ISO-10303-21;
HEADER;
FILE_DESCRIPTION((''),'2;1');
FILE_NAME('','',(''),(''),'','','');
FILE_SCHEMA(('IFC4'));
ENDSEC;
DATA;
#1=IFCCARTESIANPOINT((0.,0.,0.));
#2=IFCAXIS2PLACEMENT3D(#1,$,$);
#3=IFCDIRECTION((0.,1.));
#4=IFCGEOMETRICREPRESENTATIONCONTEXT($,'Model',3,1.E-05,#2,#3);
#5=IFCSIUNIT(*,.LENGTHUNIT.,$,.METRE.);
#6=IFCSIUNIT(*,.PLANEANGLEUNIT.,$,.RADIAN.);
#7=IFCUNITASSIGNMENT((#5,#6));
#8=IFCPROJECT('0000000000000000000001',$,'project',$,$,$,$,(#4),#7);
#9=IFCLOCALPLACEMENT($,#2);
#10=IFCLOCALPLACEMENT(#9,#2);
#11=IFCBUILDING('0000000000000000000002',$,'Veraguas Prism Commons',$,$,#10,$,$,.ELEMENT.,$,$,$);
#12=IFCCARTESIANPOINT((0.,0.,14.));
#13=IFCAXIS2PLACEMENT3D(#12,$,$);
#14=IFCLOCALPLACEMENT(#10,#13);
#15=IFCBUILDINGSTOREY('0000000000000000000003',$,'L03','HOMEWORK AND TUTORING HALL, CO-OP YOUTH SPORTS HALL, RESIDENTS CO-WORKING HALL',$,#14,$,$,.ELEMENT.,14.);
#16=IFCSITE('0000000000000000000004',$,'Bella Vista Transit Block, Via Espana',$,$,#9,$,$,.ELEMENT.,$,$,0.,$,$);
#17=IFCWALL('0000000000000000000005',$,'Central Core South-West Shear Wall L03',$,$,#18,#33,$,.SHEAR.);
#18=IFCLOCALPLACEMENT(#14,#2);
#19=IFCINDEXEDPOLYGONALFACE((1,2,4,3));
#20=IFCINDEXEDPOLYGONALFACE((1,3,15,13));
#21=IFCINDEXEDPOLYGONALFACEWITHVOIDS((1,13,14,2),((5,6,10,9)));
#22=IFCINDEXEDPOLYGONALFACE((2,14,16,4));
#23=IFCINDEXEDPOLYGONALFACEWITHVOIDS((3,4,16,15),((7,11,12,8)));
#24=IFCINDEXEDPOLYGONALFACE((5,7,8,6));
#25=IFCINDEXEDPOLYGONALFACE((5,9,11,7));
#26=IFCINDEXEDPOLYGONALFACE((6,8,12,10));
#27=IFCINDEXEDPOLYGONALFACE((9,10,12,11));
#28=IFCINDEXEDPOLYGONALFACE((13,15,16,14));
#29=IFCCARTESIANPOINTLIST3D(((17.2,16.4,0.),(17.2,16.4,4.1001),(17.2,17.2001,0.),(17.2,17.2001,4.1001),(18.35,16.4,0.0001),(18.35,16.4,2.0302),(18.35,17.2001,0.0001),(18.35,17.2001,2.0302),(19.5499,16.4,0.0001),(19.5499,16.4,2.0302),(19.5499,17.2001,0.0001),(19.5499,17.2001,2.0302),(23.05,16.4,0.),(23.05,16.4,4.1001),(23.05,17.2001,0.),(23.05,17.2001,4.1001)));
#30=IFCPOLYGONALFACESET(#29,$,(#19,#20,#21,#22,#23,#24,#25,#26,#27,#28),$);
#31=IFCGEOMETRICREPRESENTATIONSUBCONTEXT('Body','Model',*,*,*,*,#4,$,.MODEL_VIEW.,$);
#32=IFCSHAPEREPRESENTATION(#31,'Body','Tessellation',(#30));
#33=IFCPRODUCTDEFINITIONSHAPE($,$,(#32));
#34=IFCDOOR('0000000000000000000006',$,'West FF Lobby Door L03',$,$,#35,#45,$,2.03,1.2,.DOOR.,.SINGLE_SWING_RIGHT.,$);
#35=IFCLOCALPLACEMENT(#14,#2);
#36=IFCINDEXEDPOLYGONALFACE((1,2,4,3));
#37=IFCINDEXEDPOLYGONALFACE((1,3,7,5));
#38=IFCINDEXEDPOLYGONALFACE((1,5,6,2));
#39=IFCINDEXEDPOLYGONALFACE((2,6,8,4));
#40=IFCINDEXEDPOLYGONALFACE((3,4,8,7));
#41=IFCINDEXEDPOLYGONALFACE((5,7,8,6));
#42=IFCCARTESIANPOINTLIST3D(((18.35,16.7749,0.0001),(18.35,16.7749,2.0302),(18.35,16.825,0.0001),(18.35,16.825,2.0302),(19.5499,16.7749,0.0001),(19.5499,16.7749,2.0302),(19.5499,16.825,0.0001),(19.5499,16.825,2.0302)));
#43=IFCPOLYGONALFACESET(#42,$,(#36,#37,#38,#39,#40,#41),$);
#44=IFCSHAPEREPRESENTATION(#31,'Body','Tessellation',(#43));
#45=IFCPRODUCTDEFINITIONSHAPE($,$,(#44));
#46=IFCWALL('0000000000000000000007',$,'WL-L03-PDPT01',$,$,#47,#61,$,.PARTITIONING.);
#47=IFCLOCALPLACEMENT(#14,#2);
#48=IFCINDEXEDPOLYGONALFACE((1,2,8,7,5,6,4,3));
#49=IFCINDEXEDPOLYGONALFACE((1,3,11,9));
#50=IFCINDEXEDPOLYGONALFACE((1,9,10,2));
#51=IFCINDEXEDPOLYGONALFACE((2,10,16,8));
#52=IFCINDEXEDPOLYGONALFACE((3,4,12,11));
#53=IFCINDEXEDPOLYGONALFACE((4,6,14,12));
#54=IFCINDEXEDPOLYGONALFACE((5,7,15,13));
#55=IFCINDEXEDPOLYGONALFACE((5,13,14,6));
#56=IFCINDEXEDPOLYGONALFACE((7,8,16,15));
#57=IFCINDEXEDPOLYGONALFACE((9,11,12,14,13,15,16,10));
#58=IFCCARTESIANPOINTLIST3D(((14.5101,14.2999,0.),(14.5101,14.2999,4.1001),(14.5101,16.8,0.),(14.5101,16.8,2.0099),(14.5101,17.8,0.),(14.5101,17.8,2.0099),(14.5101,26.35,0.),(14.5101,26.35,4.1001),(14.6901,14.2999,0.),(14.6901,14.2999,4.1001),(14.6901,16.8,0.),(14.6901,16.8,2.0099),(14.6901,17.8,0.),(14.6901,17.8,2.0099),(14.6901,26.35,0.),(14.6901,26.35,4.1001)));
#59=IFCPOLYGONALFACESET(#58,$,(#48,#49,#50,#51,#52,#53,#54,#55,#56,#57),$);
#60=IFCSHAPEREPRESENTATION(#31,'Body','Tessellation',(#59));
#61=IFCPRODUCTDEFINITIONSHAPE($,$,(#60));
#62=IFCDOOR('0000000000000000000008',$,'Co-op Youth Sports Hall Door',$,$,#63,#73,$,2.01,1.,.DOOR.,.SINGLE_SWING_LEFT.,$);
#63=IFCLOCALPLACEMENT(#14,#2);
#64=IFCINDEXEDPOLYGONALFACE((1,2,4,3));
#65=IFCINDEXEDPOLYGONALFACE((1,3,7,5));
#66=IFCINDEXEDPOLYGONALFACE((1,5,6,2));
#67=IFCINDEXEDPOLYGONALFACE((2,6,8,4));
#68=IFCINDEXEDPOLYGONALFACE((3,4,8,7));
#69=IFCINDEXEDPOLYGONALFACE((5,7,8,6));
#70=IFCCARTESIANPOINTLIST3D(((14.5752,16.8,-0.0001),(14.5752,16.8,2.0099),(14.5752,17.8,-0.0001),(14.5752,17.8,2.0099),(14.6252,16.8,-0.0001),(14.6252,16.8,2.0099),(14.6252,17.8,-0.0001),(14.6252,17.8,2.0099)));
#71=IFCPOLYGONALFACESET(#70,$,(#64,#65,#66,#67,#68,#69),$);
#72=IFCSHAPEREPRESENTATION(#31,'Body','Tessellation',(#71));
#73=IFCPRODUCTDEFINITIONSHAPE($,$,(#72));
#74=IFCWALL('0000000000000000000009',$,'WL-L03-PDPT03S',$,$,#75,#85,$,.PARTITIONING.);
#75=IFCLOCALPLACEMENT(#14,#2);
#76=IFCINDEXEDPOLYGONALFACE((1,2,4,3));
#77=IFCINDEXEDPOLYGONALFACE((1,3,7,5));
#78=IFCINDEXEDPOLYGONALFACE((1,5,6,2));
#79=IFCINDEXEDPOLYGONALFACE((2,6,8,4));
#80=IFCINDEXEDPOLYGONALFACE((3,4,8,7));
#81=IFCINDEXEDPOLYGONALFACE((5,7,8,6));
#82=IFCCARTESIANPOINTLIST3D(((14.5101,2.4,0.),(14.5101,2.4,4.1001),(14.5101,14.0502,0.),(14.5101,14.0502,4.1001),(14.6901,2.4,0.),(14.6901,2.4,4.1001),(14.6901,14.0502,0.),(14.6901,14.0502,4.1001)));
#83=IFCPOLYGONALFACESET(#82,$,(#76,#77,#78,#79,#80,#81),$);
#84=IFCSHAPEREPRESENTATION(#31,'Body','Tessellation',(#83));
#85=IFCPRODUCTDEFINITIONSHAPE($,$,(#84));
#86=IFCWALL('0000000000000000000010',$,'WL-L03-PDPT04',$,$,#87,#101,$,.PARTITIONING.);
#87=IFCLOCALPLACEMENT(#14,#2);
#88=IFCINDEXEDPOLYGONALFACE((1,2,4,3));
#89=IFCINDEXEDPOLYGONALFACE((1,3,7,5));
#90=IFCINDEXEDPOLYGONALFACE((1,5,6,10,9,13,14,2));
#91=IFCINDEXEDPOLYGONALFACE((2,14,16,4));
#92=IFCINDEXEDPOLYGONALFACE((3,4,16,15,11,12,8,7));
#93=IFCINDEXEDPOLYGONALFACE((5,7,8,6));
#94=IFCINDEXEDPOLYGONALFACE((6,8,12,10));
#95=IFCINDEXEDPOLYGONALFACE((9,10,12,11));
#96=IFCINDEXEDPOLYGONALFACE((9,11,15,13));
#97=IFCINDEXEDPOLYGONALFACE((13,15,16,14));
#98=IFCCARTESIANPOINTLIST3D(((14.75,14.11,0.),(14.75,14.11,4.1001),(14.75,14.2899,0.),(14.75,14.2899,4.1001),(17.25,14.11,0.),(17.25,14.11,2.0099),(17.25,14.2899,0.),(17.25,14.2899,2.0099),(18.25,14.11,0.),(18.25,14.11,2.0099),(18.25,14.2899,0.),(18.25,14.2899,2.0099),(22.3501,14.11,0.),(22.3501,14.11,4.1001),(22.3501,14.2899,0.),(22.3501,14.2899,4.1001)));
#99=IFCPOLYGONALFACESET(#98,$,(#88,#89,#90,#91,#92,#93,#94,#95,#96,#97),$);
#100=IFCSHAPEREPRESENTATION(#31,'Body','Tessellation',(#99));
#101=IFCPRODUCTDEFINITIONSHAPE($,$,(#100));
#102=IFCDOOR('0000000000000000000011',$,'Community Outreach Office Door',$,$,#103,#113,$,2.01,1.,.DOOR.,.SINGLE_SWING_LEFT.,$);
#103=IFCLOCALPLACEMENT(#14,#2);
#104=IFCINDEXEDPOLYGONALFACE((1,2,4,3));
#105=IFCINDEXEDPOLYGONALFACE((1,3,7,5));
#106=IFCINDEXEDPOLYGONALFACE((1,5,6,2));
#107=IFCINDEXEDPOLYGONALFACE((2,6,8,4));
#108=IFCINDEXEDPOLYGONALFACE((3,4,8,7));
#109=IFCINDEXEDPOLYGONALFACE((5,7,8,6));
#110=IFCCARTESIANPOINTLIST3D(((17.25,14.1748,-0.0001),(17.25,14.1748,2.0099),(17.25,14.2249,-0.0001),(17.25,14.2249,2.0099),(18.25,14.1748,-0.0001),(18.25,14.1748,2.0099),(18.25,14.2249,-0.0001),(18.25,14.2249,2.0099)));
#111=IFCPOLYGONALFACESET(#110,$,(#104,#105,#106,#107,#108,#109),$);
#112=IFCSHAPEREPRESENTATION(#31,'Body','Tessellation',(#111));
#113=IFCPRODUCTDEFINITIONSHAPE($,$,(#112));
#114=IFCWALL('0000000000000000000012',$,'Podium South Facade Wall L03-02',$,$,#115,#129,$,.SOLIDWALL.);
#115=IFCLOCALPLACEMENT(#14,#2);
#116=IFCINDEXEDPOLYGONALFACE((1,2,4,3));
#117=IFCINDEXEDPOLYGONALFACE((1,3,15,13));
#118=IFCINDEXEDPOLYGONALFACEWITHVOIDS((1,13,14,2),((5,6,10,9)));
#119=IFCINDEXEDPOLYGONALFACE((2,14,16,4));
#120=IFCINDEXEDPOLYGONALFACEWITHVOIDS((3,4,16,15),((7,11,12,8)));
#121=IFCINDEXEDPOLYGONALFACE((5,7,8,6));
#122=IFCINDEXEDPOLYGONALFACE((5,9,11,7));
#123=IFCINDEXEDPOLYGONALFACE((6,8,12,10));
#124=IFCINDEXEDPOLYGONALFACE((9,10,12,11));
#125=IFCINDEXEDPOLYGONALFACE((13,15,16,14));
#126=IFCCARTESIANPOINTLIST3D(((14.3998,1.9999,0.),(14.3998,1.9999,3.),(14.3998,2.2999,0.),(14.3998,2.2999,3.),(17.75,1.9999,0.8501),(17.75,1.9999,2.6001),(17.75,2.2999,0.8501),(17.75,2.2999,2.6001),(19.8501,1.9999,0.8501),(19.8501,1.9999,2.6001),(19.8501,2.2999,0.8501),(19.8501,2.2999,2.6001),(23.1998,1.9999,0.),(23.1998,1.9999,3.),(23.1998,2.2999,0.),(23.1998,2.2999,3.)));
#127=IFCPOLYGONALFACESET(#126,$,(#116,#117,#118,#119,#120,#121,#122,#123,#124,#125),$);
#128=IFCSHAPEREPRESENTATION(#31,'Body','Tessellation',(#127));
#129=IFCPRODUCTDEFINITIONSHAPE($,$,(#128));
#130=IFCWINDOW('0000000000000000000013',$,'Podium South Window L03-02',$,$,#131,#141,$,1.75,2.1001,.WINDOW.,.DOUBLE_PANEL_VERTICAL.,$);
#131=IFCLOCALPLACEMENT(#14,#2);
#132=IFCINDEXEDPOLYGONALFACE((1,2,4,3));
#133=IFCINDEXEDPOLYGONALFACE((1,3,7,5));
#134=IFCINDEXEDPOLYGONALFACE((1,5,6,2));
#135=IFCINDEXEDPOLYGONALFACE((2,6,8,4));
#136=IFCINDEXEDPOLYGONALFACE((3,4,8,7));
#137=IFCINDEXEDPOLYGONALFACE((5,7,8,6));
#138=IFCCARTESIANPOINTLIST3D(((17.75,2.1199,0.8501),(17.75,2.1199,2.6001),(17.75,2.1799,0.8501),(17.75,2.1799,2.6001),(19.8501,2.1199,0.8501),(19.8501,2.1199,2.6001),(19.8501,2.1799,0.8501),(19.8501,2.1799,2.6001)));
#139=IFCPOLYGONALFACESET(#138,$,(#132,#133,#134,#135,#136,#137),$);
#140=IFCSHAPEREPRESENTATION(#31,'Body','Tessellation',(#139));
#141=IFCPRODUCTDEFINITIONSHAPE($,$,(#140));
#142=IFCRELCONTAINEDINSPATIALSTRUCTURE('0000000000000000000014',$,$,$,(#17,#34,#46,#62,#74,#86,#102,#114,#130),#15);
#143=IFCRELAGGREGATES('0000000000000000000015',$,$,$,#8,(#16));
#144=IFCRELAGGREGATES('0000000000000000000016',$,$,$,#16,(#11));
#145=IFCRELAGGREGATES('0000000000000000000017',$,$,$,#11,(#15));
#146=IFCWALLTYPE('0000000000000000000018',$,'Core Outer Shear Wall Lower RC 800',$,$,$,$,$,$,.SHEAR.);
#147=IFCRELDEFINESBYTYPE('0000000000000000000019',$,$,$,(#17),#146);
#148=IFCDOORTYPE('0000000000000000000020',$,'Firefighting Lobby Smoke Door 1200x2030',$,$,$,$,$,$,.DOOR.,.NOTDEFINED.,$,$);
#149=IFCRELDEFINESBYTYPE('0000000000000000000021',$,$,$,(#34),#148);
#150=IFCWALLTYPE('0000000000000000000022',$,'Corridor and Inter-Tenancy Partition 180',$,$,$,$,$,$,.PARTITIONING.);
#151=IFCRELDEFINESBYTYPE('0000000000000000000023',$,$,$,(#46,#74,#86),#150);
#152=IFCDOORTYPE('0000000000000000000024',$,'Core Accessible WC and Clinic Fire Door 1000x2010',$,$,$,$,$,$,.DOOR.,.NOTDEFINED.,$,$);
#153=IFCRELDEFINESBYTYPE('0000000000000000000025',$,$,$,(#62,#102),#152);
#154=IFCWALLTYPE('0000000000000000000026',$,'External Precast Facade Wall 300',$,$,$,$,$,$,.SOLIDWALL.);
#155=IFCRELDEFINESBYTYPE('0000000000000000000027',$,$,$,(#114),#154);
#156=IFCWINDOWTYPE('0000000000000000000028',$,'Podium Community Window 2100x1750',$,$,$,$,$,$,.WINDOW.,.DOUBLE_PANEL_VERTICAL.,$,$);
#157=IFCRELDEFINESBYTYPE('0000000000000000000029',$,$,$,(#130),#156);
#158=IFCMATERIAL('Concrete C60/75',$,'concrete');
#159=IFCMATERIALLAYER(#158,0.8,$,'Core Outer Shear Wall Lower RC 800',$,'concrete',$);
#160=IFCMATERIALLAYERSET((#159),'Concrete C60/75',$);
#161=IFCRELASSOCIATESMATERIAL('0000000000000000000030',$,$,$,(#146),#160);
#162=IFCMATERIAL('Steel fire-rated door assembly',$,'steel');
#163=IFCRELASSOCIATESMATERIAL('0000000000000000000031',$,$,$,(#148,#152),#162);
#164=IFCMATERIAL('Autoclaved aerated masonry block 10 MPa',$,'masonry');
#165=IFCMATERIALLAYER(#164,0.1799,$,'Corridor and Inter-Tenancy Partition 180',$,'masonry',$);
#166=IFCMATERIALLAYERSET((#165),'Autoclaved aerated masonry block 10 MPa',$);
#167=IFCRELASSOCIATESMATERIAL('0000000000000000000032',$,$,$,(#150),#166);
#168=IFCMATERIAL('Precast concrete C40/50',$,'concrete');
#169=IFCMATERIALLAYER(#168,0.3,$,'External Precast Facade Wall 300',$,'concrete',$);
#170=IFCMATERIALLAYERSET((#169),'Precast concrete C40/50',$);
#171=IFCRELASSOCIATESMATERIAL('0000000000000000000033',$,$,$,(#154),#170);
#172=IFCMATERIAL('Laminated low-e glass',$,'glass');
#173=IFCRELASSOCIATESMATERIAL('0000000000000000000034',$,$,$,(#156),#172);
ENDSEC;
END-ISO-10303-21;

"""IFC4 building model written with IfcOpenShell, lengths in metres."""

from ifc_helpers import new_model, si_unit, direction, frame, frame_2d, origin, place, context, subcontext, project, spatial, rectangle, extrude, source, transform, mapped, material, layer, layer_set, type_object, element, fill, save


model = new_model("IFC4")

# Units and contexts
model_context = context("Model", 3, precision=1e-05, world=origin(), true_north=direction((0.0, 1.0)))
body_context = subcontext(model_context, "Body", "Model", "MODEL_VIEW")
ifc_project = project(units=[si_unit("LENGTHUNIT", "METRE"), si_unit("PLANEANGLEUNIT", "RADIAN")], contexts=[model_context])

# Site, building, storey
site_placement = place(None, origin())
site = spatial("IfcSite", under=ifc_project, at=site_placement, Name="Bella Vista Transit Block, Via Espana", CompositionType="ELEMENT", RefElevation=0.0)
building_placement = place(site_placement, origin())
building = spatial("IfcBuilding", under=site, at=building_placement, Name="Veraguas Prism Commons", CompositionType="ELEMENT")
storey_placement = place(building_placement, frame((0.0, 0.0, 14.0)))
storey = spatial("IfcBuildingStorey", under=building, at=storey_placement, Name="L03", Description="HOMEWORK AND TUTORING HALL, CO-OP YOUTH SPORTS HALL, RESIDENTS CO-WORKING HALL", CompositionType="ELEMENT", Elevation=14.0)

# Shared definitions
ifc_material_1 = material(Name="Concrete C60/75", Category="concrete")

# Shared definitions
ifc_material_2 = material(Name="Steel fire-rated door assembly", Category="steel")

# Shared definitions
ifc_layer_1 = layer(ifc_material_1, 0.8, Name="Core Outer Shear Wall Lower RC 800", Category="concrete")
ifc_layer_set_1 = layer_set([ifc_layer_1], Name="Concrete C60/75")
wall_type_1 = type_object("IfcWallType", Name="Core Outer Shear Wall Lower RC 800", PredefinedType="SHEAR", material=ifc_layer_set_1)

# Walls, openings, doors
wall_1_placement = place(storey_placement, frame((17.2, 16.8, 0.0), z_axis=(0.0, 0.0, 1.0), x_axis=(1.0, 0.0, 0.0)))
wall_1 = element("IfcWall", 1, at=wall_1_placement, inside=storey, type_object=wall_type_1, Name="Central Core South-West Shear Wall L03", PredefinedType="SHEAR", context=body_context, shape_type="SweptSolid", body=[
    extrude(rectangle(XDim=5.8501, YDim=0.8, at=frame_2d((2.925, 0.0))), origin(), (0.0, 0.0, 1.0), 4.1001),
])
opening_1_placement = place(wall_1_placement, frame((1.1499, 0.0, 0.0)))
opening_1 = element("IfcOpeningElement", 2, at=opening_1_placement, cuts=wall_1, PredefinedType="OPENING", context=body_context, shape_type="SweptSolid", body=[
    extrude(rectangle(XDim=1.2, YDim=2.03, at=frame_2d((0.6001, 1.0151))), frame((0.0, 0.4099, 0.0), z_axis=(0.0, -1.0, 0.0), x_axis=(1.0, 0.0, 0.0)), (0.0, 0.0, 1.0), 0.8201),
])
door_type_1 = type_object("IfcDoorType", Name="Firefighting Lobby Smoke Door 1200x2030", OperationType="NOTDEFINED", PredefinedType="DOOR", material=ifc_material_2)
shared_shape_1 = source(origin(), body_context, "Body", "SweptSolid", [
    extrude(rectangle(XDim=1.2, YDim=2.03, at=frame_2d((0.6001, 1.0151))), frame((0.0, 0.0249, 0.0), z_axis=(0.0, -1.0, 0.0), x_axis=(1.0, 0.0, 0.0)), (0.0, 0.0, 1.0), 0.05),
])
door_1_placement = place(opening_1_placement, origin())
door_1 = element("IfcDoor", 3, at=door_1_placement, inside=storey, type_object=door_type_1, Name="West FF Lobby Door L03", OperationType="SINGLE_SWING_RIGHT", OverallHeight=2.03, OverallWidth=1.2, PredefinedType="DOOR", context=body_context, shape_type="MappedRepresentation", body=[
    mapped(shared_shape_1, transform((0.0, 0.0, 0.0), scale=1.0)),
])
fill(opening_1, door_1)
ifc_material_3 = material(Name="Autoclaved aerated masonry block 10 MPa", Category="masonry")
ifc_layer_2 = layer(ifc_material_3, 0.1799, Name="Corridor and Inter-Tenancy Partition 180", Category="masonry")
ifc_layer_set_2 = layer_set([ifc_layer_2], Name="Autoclaved aerated masonry block 10 MPa")
wall_type_2 = type_object("IfcWallType", Name="Corridor and Inter-Tenancy Partition 180", PredefinedType="PARTITIONING", material=ifc_layer_set_2)
wall_2_placement = place(storey_placement, frame((14.6001, 14.3, 0.0), z_axis=(0.0, 0.0, 1.0), x_axis=(0.0, 1.0, 0.0)))
wall_2 = element("IfcWall", 4, at=wall_2_placement, inside=storey, type_object=wall_type_2, Name="WL-L03-PDPT01", PredefinedType="PARTITIONING", context=body_context, shape_type="SweptSolid", body=[
    extrude(rectangle(XDim=12.05, YDim=0.1799, at=frame_2d((6.0249, 0.0))), origin(), (0.0, 0.0, 1.0), 4.1001),
])
opening_2_placement = place(wall_2_placement, frame((2.5, 0.0, 0.0)))
opening_2 = element("IfcOpeningElement", 5, at=opening_2_placement, cuts=wall_2, PredefinedType="OPENING", context=body_context, shape_type="SweptSolid", body=[
    extrude(rectangle(XDim=1.0, YDim=2.01, at=frame_2d((0.5, 1.0049))), frame((0.0, 0.0999, 0.0), z_axis=(0.0, -1.0, 0.0), x_axis=(1.0, 0.0, 0.0)), (0.0, 0.0, 1.0), 0.2),
])
door_type_2 = type_object("IfcDoorType", Name="Core Accessible WC and Clinic Fire Door 1000x2010", OperationType="NOTDEFINED", PredefinedType="DOOR", material=ifc_material_2)
shared_shape_2 = source(origin(), body_context, "Body", "SweptSolid", [
    extrude(rectangle(XDim=1.0, YDim=2.01, at=frame_2d((0.5, 1.0049))), frame((0.0, 0.0249, 0.0), z_axis=(0.0, -1.0, 0.0), x_axis=(1.0, 0.0, 0.0)), (0.0, 0.0, 1.0), 0.05),
])
door_2_placement = place(opening_2_placement, origin())
door_2 = element("IfcDoor", 6, at=door_2_placement, inside=storey, type_object=door_type_2, Name="Co-op Youth Sports Hall Door", OperationType="SINGLE_SWING_LEFT", OverallHeight=2.01, OverallWidth=1.0, PredefinedType="DOOR", context=body_context, shape_type="MappedRepresentation", body=[
    mapped(shared_shape_2, transform((0.0, 0.0, 0.0), scale=1.0)),
])
fill(opening_2, door_2)

# Wall
wall_3_placement = place(storey_placement, frame((14.6001, 2.3999, 0.0), z_axis=(0.0, 0.0, 1.0), x_axis=(0.0, 1.0, 0.0)))
element("IfcWall", 7, at=wall_3_placement, inside=storey, type_object=wall_type_2, Name="WL-L03-PDPT03S", PredefinedType="PARTITIONING", context=body_context, shape_type="SweptSolid", body=[
    extrude(rectangle(XDim=11.6501, YDim=0.1799, at=frame_2d((5.8252, 0.0))), origin(), (0.0, 0.0, 1.0), 4.1001),
])

# Wall, opening, door
wall_4_placement = place(storey_placement, frame((14.75, 14.2, 0.0), z_axis=(0.0, 0.0, 1.0), x_axis=(1.0, 0.0, 0.0)))
wall_4 = element("IfcWall", 8, at=wall_4_placement, inside=storey, type_object=wall_type_2, Name="WL-L03-PDPT04", PredefinedType="PARTITIONING", context=body_context, shape_type="SweptSolid", body=[
    extrude(rectangle(XDim=7.6001, YDim=0.1799, at=frame_2d((3.8, 0.0))), origin(), (0.0, 0.0, 1.0), 4.1001),
])
opening_3_placement = place(wall_4_placement, frame((2.5, 0.0, 0.0)))
opening_3 = element("IfcOpeningElement", 9, at=opening_3_placement, cuts=wall_4, PredefinedType="OPENING", context=body_context, shape_type="SweptSolid", body=[
    extrude(rectangle(XDim=1.0, YDim=2.01, at=frame_2d((0.5, 1.0049))), frame((0.0, 0.0999, 0.0), z_axis=(0.0, -1.0, 0.0), x_axis=(1.0, 0.0, 0.0)), (0.0, 0.0, 1.0), 0.2),
])
door_3_placement = place(opening_3_placement, origin())
door_3 = element("IfcDoor", 10, at=door_3_placement, inside=storey, type_object=door_type_2, Name="Community Outreach Office Door", OperationType="SINGLE_SWING_LEFT", OverallHeight=2.01, OverallWidth=1.0, PredefinedType="DOOR", context=body_context, shape_type="MappedRepresentation", body=[
    mapped(shared_shape_2, transform((0.0, 0.0, 0.0), scale=1.0)),
])
fill(opening_3, door_3)

# Wall, opening, window
ifc_material_4 = material(Name="Precast concrete C40/50", Category="concrete")
ifc_layer_3 = layer(ifc_material_4, 0.3, Name="External Precast Facade Wall 300", Category="concrete")
ifc_layer_set_3 = layer_set([ifc_layer_3], Name="Precast concrete C40/50")
wall_type_3 = type_object("IfcWallType", Name="External Precast Facade Wall 300", PredefinedType="SOLIDWALL", material=ifc_layer_set_3)
wall_5_placement = place(storey_placement, frame((14.3999, 2.1499, 0.0), z_axis=(0.0, 0.0, 1.0), x_axis=(1.0, 0.0, 0.0)))
wall_5 = element("IfcWall", 11, at=wall_5_placement, inside=storey, type_object=wall_type_3, Name="Podium South Facade Wall L03-02", PredefinedType="SOLIDWALL", context=body_context, shape_type="SweptSolid", body=[
    extrude(rectangle(XDim=8.8, YDim=0.3, at=frame_2d((4.3999, 0.0))), origin(), (0.0, 0.0, 1.0), 3.0),
])
opening_4_placement = place(wall_5_placement, frame((3.3501, 0.0, 0.8501)))
opening_4 = element("IfcOpeningElement", 12, at=opening_4_placement, cuts=wall_5, PredefinedType="OPENING", context=body_context, shape_type="SweptSolid", body=[
    extrude(rectangle(XDim=2.1001, YDim=1.75, at=frame_2d((1.05, 0.875))), frame((0.0, 0.1599, 0.0), z_axis=(0.0, -1.0, 0.0), x_axis=(1.0, 0.0, 0.0)), (0.0, 0.0, 1.0), 0.3201),
])
ifc_material_5 = material(Name="Laminated low-e glass", Category="glass")
window_type = type_object("IfcWindowType", Name="Podium Community Window 2100x1750", PartitioningType="DOUBLE_PANEL_VERTICAL", PredefinedType="WINDOW", material=ifc_material_5)
shared_shape_3 = source(origin(), body_context, "Body", "SweptSolid", [
    extrude(rectangle(XDim=2.1001, YDim=1.75, at=frame_2d((1.05, 0.875))), frame((0.0, 0.03, 0.0), z_axis=(0.0, -1.0, 0.0), x_axis=(1.0, 0.0, 0.0)), (0.0, 0.0, 1.0), 0.0601),
])
window_placement = place(opening_4_placement, origin())
window = element("IfcWindow", 13, at=window_placement, inside=storey, type_object=window_type, Name="Podium South Window L03-02", OverallHeight=1.75, OverallWidth=2.1001, PartitioningType="DOUBLE_PANEL_VERTICAL", PredefinedType="WINDOW", context=body_context, shape_type="MappedRepresentation", body=[
    mapped(shared_shape_3, transform((0.0, 0.0, 0.0), scale=1.0)),
])
fill(opening_4, window)

save(model, "model.ifc")
